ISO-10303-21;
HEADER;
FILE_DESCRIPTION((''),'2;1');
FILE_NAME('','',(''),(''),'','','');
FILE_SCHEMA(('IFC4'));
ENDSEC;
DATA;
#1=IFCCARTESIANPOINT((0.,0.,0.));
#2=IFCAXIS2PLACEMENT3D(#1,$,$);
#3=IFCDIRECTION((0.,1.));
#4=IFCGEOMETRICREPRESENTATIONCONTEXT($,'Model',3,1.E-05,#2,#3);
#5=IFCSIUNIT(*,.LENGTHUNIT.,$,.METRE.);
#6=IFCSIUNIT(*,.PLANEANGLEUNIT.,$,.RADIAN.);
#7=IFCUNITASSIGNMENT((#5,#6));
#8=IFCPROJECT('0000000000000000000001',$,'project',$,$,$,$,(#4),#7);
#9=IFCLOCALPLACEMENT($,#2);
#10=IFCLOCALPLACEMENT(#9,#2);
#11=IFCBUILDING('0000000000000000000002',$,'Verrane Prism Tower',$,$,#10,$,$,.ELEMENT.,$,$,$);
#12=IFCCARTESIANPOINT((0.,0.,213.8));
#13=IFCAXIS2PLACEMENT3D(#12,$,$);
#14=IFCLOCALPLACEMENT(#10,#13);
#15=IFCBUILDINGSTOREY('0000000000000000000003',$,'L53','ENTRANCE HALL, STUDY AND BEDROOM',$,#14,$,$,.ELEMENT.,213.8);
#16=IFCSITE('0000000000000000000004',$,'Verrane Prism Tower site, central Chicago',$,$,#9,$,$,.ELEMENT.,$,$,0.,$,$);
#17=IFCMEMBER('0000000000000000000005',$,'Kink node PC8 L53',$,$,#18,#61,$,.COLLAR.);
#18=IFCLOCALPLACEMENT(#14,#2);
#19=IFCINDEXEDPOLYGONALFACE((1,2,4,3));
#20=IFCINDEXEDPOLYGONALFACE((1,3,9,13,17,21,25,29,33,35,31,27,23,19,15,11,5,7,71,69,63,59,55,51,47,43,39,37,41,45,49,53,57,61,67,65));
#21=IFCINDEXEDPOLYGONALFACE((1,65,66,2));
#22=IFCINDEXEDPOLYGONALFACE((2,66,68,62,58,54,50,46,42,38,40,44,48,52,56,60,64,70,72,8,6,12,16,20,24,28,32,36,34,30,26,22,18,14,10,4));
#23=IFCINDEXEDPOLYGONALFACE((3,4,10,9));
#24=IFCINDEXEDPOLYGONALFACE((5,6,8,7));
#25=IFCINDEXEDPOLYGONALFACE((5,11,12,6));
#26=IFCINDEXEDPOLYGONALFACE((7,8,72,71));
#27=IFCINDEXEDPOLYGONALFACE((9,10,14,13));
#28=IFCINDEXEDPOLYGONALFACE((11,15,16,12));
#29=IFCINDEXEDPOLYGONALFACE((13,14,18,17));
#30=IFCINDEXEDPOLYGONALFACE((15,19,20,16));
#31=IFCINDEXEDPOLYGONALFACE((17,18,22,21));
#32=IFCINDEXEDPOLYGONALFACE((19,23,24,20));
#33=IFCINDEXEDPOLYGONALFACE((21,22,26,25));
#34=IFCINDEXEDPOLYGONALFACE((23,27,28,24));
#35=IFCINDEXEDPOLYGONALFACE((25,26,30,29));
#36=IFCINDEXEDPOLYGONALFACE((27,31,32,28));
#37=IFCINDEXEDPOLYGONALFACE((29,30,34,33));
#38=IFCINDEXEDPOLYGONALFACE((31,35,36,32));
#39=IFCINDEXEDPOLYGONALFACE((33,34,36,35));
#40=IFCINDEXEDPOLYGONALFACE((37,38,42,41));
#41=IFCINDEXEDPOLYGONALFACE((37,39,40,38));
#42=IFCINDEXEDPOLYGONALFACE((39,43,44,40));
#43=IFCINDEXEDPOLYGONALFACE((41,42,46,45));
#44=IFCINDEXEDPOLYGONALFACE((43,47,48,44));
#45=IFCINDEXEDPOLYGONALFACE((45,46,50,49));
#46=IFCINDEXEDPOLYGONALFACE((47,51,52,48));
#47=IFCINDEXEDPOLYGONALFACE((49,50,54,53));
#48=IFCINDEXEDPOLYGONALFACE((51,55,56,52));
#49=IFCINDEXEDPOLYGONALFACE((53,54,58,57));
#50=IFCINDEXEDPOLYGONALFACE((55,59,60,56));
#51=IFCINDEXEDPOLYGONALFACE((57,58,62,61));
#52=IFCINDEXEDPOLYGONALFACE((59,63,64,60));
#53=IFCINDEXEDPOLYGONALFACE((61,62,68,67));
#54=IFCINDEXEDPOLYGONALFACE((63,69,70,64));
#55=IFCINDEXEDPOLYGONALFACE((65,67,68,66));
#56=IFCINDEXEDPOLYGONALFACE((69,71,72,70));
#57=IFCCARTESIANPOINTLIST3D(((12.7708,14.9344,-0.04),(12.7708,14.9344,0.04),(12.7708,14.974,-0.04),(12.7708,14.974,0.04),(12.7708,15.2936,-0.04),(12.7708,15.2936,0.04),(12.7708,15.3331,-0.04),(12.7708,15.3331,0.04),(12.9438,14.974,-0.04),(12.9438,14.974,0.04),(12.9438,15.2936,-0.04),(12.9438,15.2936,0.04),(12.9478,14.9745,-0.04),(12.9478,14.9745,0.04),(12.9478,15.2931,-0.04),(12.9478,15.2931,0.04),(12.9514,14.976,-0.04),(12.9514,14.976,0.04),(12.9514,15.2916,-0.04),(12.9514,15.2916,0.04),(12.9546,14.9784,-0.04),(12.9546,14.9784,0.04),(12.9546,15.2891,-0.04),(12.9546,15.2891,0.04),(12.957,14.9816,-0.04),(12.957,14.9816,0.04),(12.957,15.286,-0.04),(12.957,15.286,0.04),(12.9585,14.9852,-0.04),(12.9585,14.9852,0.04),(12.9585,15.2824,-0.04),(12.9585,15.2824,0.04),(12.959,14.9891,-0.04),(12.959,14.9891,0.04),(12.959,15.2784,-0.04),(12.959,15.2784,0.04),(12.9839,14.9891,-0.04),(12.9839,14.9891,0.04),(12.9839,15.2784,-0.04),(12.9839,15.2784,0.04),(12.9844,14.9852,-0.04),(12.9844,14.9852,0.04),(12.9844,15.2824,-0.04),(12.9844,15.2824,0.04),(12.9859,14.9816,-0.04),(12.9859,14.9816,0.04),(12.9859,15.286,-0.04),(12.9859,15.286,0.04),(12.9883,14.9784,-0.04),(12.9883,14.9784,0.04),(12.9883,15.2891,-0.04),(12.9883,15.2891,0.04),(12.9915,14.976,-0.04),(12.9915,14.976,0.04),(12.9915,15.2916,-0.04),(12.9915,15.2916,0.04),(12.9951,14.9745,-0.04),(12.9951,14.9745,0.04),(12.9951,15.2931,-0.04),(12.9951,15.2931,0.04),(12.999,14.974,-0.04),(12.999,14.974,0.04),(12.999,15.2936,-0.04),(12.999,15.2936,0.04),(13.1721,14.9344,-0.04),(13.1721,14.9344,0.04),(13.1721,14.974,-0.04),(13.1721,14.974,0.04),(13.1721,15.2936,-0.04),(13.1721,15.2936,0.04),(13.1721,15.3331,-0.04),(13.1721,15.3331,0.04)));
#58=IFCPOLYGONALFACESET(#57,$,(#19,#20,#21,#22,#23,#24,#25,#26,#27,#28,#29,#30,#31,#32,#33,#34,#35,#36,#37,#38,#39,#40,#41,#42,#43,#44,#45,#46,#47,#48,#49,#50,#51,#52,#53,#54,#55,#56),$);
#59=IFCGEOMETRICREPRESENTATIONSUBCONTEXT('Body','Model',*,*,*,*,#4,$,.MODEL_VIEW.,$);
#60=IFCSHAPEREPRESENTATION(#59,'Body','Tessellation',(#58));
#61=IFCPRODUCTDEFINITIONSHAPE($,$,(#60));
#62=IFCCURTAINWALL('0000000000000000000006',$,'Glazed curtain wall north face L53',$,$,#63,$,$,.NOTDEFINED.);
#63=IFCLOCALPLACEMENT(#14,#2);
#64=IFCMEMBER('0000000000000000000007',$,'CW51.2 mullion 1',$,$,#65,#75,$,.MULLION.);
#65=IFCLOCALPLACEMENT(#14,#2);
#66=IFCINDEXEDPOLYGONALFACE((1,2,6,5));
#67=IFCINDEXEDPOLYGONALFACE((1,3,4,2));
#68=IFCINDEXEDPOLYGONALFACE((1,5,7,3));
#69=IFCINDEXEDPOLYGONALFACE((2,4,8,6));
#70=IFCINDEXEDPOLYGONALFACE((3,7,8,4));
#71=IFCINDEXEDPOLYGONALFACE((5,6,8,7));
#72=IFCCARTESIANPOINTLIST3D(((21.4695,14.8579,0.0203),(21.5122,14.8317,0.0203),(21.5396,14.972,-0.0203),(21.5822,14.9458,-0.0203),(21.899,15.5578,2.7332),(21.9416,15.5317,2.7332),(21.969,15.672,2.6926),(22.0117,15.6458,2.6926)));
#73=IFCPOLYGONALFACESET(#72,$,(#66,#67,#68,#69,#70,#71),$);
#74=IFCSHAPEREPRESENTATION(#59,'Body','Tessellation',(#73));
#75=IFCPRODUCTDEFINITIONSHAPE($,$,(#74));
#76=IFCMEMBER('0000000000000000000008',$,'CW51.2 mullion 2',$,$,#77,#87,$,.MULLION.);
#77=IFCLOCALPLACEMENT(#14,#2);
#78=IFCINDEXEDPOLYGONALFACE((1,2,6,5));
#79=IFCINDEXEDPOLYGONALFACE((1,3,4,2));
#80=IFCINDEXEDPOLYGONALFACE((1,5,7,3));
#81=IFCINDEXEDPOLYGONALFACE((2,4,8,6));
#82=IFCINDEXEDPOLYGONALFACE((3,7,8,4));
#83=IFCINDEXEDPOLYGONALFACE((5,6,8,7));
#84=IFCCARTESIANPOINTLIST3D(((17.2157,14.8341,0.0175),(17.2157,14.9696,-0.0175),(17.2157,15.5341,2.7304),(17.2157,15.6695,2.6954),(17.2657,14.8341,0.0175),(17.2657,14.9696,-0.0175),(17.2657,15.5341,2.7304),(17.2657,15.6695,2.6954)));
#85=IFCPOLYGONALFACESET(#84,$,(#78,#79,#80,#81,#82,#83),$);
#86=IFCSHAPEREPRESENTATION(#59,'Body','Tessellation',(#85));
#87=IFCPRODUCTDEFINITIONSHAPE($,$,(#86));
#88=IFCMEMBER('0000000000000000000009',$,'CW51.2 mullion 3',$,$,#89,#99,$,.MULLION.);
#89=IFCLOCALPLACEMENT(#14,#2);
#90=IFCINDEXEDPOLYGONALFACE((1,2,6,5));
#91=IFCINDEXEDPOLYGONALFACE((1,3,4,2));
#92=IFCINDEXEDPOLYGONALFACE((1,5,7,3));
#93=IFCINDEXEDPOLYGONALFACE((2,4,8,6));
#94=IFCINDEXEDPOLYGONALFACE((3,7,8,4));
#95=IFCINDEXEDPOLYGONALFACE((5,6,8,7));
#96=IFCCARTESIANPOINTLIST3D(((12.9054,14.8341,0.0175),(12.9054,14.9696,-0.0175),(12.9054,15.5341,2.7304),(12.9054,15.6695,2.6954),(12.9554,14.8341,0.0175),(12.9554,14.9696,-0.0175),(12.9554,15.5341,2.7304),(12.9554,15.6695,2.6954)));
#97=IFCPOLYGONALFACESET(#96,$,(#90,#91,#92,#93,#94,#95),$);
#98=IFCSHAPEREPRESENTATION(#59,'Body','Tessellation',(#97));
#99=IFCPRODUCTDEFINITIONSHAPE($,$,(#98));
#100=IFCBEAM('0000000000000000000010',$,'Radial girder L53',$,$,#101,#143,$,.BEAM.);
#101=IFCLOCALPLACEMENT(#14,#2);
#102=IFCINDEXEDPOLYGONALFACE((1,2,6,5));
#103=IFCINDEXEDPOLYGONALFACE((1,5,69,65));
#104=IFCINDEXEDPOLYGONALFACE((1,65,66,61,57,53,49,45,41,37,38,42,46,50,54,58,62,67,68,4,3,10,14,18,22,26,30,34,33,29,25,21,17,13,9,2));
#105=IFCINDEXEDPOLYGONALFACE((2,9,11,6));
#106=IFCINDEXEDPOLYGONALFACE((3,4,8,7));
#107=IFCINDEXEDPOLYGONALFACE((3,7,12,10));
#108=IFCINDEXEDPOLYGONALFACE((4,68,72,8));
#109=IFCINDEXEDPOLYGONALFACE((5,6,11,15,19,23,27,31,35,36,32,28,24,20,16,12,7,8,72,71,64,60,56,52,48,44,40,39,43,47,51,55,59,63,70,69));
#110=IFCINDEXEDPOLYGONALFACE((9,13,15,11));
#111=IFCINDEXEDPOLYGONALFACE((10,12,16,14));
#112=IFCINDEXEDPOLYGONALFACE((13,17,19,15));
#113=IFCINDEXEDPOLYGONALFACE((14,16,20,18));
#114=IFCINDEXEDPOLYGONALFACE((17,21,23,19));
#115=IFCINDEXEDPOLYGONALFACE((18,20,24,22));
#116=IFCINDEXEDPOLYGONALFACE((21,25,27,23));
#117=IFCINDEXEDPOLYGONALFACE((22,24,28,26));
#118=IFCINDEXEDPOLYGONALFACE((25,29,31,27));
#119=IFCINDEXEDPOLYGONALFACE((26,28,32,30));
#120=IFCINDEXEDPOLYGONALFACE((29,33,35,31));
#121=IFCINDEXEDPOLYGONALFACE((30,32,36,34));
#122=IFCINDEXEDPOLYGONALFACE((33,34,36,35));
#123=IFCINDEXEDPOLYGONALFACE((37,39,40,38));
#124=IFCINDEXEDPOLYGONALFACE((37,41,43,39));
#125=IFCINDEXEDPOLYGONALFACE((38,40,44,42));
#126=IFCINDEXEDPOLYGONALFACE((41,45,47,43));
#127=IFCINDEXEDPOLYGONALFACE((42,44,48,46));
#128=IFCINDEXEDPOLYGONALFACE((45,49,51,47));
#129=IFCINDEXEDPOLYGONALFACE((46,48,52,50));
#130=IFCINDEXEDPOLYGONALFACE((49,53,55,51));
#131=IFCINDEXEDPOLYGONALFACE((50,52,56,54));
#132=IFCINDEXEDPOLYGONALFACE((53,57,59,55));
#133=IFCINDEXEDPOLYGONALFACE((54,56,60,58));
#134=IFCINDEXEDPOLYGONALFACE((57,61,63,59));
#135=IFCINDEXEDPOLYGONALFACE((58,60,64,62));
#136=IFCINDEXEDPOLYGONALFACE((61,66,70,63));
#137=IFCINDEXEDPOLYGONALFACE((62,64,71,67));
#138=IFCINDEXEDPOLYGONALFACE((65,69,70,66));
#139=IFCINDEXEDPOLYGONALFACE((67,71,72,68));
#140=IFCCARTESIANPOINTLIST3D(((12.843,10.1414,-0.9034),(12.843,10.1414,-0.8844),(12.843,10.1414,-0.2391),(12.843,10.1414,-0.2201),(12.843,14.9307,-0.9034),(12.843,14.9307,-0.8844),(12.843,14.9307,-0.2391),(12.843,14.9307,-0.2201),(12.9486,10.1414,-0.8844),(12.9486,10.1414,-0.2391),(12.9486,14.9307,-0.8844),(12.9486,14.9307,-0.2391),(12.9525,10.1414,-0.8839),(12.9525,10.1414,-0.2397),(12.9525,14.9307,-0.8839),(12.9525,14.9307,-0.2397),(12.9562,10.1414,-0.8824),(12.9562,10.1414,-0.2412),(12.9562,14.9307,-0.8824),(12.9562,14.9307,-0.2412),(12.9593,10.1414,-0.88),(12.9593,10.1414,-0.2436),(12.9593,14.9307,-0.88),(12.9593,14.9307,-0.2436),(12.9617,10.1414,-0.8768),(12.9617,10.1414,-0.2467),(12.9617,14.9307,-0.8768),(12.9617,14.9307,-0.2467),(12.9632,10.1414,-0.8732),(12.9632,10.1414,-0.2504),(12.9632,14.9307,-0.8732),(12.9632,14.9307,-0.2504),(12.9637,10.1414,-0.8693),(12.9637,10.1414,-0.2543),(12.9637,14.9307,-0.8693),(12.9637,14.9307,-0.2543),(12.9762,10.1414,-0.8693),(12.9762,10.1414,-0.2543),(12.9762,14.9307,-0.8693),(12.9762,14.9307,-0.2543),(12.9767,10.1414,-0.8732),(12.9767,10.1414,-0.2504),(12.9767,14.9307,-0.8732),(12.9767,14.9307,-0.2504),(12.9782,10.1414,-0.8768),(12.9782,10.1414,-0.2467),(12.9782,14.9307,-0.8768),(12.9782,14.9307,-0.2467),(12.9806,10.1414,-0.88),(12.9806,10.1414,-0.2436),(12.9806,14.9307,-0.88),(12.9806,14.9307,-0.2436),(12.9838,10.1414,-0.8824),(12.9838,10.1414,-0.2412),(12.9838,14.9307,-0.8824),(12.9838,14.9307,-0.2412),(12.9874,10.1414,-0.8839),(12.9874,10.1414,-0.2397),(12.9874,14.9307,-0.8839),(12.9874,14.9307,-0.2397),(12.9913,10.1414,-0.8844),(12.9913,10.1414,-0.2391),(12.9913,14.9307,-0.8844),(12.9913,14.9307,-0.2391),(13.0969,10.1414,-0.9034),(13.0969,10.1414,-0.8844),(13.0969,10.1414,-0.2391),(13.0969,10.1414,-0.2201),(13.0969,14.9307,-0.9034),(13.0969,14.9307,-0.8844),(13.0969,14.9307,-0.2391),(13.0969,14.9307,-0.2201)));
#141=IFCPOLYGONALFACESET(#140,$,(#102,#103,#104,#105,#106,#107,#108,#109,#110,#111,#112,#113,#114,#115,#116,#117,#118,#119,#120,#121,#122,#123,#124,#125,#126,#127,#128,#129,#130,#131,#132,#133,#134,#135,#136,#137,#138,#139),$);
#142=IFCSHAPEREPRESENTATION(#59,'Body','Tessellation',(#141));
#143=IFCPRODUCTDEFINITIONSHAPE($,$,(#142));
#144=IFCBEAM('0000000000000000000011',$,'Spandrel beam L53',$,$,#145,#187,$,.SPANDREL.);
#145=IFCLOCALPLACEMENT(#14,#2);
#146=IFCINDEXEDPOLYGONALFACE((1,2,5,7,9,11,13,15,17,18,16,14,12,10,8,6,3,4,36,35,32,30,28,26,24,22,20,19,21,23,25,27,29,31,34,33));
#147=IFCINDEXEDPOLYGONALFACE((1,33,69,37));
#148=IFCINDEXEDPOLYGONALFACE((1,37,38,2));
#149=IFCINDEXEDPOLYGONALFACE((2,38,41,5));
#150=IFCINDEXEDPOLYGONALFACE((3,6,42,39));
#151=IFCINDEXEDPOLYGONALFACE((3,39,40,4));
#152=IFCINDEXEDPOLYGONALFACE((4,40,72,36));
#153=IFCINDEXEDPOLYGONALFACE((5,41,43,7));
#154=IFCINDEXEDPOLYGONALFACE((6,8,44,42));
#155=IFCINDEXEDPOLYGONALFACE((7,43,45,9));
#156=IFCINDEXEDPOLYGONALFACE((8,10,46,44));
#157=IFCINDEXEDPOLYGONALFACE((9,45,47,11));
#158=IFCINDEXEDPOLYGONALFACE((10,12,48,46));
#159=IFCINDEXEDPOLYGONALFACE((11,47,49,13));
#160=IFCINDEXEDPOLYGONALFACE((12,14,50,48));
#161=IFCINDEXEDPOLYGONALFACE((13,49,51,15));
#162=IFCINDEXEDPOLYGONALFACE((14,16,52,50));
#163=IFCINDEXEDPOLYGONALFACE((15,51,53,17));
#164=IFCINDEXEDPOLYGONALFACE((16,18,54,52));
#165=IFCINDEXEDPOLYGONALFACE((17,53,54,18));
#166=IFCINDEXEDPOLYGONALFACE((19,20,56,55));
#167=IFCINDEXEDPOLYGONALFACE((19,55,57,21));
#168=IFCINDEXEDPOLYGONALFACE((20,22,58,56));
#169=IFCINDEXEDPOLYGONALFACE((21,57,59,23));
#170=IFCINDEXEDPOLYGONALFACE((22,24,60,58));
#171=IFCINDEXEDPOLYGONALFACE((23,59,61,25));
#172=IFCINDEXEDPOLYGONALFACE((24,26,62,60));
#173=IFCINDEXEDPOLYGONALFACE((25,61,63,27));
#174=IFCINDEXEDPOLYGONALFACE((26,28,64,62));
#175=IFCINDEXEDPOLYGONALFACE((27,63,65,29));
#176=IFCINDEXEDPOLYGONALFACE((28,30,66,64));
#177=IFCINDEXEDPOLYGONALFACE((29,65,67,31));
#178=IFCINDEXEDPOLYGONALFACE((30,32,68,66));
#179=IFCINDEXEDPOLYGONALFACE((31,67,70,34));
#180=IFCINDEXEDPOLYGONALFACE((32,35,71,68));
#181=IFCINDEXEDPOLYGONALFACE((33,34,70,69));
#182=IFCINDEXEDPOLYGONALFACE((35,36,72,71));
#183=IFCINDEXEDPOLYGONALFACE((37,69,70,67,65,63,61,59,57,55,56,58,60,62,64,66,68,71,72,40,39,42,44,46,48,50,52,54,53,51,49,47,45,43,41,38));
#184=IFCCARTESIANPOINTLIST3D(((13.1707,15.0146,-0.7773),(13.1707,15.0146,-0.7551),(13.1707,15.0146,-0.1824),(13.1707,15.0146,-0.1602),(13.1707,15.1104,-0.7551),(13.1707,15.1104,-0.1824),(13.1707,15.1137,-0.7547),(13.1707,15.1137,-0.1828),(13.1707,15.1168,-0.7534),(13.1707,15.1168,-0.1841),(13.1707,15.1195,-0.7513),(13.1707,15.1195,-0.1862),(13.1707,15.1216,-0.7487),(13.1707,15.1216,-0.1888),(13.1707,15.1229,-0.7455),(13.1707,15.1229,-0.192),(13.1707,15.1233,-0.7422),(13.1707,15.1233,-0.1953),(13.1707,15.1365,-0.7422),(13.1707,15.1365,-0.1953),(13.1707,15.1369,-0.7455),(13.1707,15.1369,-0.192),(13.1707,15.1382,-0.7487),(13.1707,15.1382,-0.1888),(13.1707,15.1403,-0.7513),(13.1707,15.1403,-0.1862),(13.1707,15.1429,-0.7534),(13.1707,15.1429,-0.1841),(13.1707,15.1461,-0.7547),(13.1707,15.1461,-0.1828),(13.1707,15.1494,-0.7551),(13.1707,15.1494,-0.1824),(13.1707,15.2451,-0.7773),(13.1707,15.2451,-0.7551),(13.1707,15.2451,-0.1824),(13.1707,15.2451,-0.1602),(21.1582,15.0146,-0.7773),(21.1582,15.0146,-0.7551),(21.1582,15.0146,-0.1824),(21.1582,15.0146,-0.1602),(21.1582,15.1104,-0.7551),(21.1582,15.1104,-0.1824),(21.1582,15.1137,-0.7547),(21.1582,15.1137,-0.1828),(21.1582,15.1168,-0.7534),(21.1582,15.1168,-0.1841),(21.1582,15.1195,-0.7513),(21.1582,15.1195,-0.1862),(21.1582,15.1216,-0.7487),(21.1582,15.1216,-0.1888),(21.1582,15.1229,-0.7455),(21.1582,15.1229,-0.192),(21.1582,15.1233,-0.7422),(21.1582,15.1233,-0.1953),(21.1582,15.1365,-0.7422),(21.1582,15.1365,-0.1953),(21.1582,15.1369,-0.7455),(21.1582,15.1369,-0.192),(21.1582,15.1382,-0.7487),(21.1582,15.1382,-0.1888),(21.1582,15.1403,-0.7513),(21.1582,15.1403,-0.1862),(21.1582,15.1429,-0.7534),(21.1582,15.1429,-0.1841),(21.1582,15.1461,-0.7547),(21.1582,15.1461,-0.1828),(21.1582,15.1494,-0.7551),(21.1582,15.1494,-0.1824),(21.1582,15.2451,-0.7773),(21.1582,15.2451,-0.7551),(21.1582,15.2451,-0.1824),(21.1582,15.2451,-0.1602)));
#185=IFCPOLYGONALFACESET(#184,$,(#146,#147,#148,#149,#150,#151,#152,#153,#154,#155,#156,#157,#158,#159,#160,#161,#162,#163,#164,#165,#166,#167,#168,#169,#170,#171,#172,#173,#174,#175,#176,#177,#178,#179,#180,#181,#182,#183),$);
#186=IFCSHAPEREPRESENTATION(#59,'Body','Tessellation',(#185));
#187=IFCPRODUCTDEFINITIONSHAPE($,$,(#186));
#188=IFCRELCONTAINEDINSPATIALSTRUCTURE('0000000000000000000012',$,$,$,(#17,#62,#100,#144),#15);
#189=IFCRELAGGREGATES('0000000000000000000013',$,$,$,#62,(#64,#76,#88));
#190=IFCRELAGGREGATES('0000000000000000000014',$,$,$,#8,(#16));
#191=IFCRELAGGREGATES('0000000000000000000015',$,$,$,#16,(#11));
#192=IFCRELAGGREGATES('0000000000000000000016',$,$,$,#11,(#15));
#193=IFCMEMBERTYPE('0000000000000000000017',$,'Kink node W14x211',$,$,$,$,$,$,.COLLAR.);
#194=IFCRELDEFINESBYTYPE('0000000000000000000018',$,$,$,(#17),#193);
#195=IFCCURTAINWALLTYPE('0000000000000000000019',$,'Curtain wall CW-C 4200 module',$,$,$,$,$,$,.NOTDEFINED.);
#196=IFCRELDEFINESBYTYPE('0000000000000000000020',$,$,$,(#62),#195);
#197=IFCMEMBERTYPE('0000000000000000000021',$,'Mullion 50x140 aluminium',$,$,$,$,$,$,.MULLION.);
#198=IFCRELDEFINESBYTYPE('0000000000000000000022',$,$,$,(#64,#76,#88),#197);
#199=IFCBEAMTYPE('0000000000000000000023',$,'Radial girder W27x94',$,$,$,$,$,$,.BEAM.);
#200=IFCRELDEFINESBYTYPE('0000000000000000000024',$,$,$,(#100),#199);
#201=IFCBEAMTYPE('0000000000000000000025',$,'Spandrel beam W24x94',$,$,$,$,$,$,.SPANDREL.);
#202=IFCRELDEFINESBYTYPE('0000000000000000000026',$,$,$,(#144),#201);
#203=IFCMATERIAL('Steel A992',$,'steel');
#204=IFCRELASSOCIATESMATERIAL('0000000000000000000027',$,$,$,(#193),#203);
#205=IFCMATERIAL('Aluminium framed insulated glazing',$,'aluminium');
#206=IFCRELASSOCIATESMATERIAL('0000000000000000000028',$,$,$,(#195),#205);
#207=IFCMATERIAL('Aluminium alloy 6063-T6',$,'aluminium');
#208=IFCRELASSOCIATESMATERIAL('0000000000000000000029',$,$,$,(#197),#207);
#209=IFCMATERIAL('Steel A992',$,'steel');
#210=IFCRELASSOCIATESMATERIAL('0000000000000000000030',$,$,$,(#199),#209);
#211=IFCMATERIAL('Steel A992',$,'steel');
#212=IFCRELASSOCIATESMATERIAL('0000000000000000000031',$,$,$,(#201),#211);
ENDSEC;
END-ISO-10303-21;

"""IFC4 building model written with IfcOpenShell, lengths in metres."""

from ifc_helpers import new_model, si_unit, direction, frame, origin, origin_2d, place, context, subcontext, project, spatial, rectangle, i_section, extrude, material, material_profile, profile_set, type_object, element, aggregate, save


model = new_model("IFC4")

# Units and contexts
model_context = context("Model", 3, precision=1e-05, world=origin(), true_north=direction((0.0, 1.0)))
body_context = subcontext(model_context, "Body", "Model", "MODEL_VIEW")
ifc_project = project(units=[si_unit("LENGTHUNIT", "METRE"), si_unit("PLANEANGLEUNIT", "RADIAN")], contexts=[model_context])

# Site, building, storey
site_placement = place(None, origin())
site = spatial("IfcSite", under=ifc_project, at=site_placement, Name="Verrane Prism Tower site, central Chicago", CompositionType="ELEMENT", RefElevation=0.0)
building_placement = place(site_placement, origin())
building = spatial("IfcBuilding", under=site, at=building_placement, Name="Verrane Prism Tower", CompositionType="ELEMENT")
storey_placement = place(building_placement, frame((0.0, 0.0, 213.8)))
storey = spatial("IfcBuildingStorey", under=building, at=storey_placement, Name="L53", Description="ENTRANCE HALL, STUDY AND BEDROOM", CompositionType="ELEMENT", Elevation=213.8)

# Member
ifc_material_1 = material(Name="Steel A992", Category="steel")
ifc_material_profile_1 = material_profile(ifc_material_1, i_section(OverallWidth=0.4014, OverallDepth=0.3987, WebThickness=0.0249, FlangeThickness=0.0396, FilletRadius=0.0151, at=origin_2d()), Name="W14x211")
ifc_profile_set_1 = profile_set([ifc_material_profile_1], Name="Steel A992")
member_type_1 = type_object("IfcMemberType", Name="Kink node W14x211", PredefinedType="COLLAR", material=ifc_profile_set_1)
member_1_placement = place(storey_placement, frame((12.9714, 15.1338, -0.04), z_axis=(0.0, 0.0, 1.0), x_axis=(1.0, 0.0, 0.0)))
element("IfcMember", 1, at=member_1_placement, inside=storey, type_object=member_type_1, Name="Kink node PC8 L53", PredefinedType="COLLAR", context=body_context, shape_type="SweptSolid", body=[
    extrude(i_section(OverallWidth=0.4014, OverallDepth=0.3987, WebThickness=0.0249, FlangeThickness=0.0396, FilletRadius=0.0151, at=origin_2d()), origin(), (0.0, 0.0, 1.0), 0.0801),
])

# Curtain wall, members
ifc_material_2 = material(Name="Aluminium framed insulated glazing", Category="aluminium")
curtain_wall_type_1 = type_object("IfcCurtainWallType", Name="Curtain wall CW-C 4200 module", PredefinedType="NOTDEFINED", material=ifc_material_2)
curtain_wall_1_placement = place(storey_placement, origin())
curtain_wall_1 = element("IfcCurtainWall", 2, at=curtain_wall_1_placement, inside=storey, type_object=curtain_wall_type_1, Name="Glazed curtain wall north face L53", PredefinedType="NOTDEFINED")
ifc_material_3 = material(Name="Aluminium alloy 6063-T6", Category="aluminium")
ifc_material_profile_2 = material_profile(ifc_material_3, rectangle(XDim=0.1399, YDim=0.05, at=origin_2d()), Name="Mullion 50x140 aluminium")
ifc_profile_set_2 = profile_set([ifc_material_profile_2], Name="Aluminium alloy 6063-T6")
member_type_2 = type_object("IfcMemberType", Name="Mullion 50x140 aluminium", PredefinedType="MULLION", material=ifc_profile_set_2)
member_2_placement = place(storey_placement, frame((21.5259, 14.9019, 0.0), z_axis=(0.151508, 0.246944, 0.957112), x_axis=(0.500524, 0.815806, -0.289717)))
member_2 = element("IfcMember", 3, at=member_2_placement, type_object=member_type_2, Name="CW51.2 mullion 1", PredefinedType="MULLION", context=body_context, shape_type="SweptSolid", body=[
    extrude(rectangle(XDim=0.1399, YDim=0.05, at=origin_2d()), origin(), (0.0, 0.0, 1.0), 2.8345),
])
member_3_placement = place(storey_placement, frame((17.2407, 14.9019, 0.0), z_axis=(0.0, 0.249828, 0.96829), x_axis=(0.0, 0.96829, -0.249828)))
member_3 = element("IfcMember", 4, at=member_3_placement, type_object=member_type_2, Name="CW51.2 mullion 2", PredefinedType="MULLION", context=body_context, shape_type="SweptSolid", body=[
    extrude(rectangle(XDim=0.1399, YDim=0.05, at=origin_2d()), origin(), (0.0, 0.0, 1.0), 2.8018),
])
member_4_placement = place(storey_placement, frame((12.9304, 14.9019, 0.0), z_axis=(0.0, 0.249828, 0.96829), x_axis=(0.0, 0.96829, -0.249828)))
member_4 = element("IfcMember", 5, at=member_4_placement, type_object=member_type_2, Name="CW51.2 mullion 3", PredefinedType="MULLION", context=body_context, shape_type="SweptSolid", body=[
    extrude(rectangle(XDim=0.1399, YDim=0.05, at=origin_2d()), origin(), (0.0, 0.0, 1.0), 2.8018),
])

# Beams
ifc_material_4 = material(Name="Steel A992", Category="steel")
ifc_material_profile_3 = material_profile(ifc_material_4, i_section(OverallWidth=0.2539, OverallDepth=0.6833, WebThickness=0.0125, FlangeThickness=0.019, FilletRadius=0.0151, at=origin_2d()), Name="W27x94")
ifc_profile_set_3 = profile_set([ifc_material_profile_3], Name="Steel A992")
beam_type_1 = type_object("IfcBeamType", Name="Radial girder W27x94", PredefinedType="BEAM", material=ifc_profile_set_3)
beam_1_placement = place(storey_placement, frame((12.97, 14.9307, -0.5618), z_axis=(0.0, -1.0, 0.0), x_axis=(1.0, 0.0, 0.0)))
element("IfcBeam", 6, at=beam_1_placement, inside=storey, type_object=beam_type_1, Name="Radial girder L53", PredefinedType="BEAM", context=body_context, shape_type="SweptSolid", body=[
    extrude(i_section(OverallWidth=0.2539, OverallDepth=0.6833, WebThickness=0.0125, FlangeThickness=0.019, FilletRadius=0.0151, at=origin_2d()), origin(), (0.0, 0.0, 1.0), 4.7893),
])
ifc_material_5 = material(Name="Steel A992", Category="steel")
ifc_material_profile_4 = material_profile(ifc_material_5, i_section(OverallWidth=0.2305, OverallDepth=0.6172, WebThickness=0.0132, FlangeThickness=0.0222, FilletRadius=0.0129, at=origin_2d()), Name="W24x94")
ifc_profile_set_4 = profile_set([ifc_material_profile_4], Name="Steel A992")
beam_type_2 = type_object("IfcBeamType", Name="Spandrel beam W24x94", PredefinedType="SPANDREL", material=ifc_profile_set_4)
beam_2_placement = place(storey_placement, frame((21.1582, 15.1299, -0.4688), z_axis=(-1.0, 0.0, 0.0), x_axis=(0.0, -1.0, 0.0)))
element("IfcBeam", 7, at=beam_2_placement, inside=storey, type_object=beam_type_2, Name="Spandrel beam L53", PredefinedType="SPANDREL", context=body_context, shape_type="SweptSolid", body=[
    extrude(i_section(OverallWidth=0.2305, OverallDepth=0.6172, WebThickness=0.0132, FlangeThickness=0.0222, FilletRadius=0.0129, at=origin_2d()), origin(), (0.0, 0.0, 1.0), 7.9875),
])

aggregate(curtain_wall_1, [member_2, member_3, member_4])

save(model, "model.ifc")
